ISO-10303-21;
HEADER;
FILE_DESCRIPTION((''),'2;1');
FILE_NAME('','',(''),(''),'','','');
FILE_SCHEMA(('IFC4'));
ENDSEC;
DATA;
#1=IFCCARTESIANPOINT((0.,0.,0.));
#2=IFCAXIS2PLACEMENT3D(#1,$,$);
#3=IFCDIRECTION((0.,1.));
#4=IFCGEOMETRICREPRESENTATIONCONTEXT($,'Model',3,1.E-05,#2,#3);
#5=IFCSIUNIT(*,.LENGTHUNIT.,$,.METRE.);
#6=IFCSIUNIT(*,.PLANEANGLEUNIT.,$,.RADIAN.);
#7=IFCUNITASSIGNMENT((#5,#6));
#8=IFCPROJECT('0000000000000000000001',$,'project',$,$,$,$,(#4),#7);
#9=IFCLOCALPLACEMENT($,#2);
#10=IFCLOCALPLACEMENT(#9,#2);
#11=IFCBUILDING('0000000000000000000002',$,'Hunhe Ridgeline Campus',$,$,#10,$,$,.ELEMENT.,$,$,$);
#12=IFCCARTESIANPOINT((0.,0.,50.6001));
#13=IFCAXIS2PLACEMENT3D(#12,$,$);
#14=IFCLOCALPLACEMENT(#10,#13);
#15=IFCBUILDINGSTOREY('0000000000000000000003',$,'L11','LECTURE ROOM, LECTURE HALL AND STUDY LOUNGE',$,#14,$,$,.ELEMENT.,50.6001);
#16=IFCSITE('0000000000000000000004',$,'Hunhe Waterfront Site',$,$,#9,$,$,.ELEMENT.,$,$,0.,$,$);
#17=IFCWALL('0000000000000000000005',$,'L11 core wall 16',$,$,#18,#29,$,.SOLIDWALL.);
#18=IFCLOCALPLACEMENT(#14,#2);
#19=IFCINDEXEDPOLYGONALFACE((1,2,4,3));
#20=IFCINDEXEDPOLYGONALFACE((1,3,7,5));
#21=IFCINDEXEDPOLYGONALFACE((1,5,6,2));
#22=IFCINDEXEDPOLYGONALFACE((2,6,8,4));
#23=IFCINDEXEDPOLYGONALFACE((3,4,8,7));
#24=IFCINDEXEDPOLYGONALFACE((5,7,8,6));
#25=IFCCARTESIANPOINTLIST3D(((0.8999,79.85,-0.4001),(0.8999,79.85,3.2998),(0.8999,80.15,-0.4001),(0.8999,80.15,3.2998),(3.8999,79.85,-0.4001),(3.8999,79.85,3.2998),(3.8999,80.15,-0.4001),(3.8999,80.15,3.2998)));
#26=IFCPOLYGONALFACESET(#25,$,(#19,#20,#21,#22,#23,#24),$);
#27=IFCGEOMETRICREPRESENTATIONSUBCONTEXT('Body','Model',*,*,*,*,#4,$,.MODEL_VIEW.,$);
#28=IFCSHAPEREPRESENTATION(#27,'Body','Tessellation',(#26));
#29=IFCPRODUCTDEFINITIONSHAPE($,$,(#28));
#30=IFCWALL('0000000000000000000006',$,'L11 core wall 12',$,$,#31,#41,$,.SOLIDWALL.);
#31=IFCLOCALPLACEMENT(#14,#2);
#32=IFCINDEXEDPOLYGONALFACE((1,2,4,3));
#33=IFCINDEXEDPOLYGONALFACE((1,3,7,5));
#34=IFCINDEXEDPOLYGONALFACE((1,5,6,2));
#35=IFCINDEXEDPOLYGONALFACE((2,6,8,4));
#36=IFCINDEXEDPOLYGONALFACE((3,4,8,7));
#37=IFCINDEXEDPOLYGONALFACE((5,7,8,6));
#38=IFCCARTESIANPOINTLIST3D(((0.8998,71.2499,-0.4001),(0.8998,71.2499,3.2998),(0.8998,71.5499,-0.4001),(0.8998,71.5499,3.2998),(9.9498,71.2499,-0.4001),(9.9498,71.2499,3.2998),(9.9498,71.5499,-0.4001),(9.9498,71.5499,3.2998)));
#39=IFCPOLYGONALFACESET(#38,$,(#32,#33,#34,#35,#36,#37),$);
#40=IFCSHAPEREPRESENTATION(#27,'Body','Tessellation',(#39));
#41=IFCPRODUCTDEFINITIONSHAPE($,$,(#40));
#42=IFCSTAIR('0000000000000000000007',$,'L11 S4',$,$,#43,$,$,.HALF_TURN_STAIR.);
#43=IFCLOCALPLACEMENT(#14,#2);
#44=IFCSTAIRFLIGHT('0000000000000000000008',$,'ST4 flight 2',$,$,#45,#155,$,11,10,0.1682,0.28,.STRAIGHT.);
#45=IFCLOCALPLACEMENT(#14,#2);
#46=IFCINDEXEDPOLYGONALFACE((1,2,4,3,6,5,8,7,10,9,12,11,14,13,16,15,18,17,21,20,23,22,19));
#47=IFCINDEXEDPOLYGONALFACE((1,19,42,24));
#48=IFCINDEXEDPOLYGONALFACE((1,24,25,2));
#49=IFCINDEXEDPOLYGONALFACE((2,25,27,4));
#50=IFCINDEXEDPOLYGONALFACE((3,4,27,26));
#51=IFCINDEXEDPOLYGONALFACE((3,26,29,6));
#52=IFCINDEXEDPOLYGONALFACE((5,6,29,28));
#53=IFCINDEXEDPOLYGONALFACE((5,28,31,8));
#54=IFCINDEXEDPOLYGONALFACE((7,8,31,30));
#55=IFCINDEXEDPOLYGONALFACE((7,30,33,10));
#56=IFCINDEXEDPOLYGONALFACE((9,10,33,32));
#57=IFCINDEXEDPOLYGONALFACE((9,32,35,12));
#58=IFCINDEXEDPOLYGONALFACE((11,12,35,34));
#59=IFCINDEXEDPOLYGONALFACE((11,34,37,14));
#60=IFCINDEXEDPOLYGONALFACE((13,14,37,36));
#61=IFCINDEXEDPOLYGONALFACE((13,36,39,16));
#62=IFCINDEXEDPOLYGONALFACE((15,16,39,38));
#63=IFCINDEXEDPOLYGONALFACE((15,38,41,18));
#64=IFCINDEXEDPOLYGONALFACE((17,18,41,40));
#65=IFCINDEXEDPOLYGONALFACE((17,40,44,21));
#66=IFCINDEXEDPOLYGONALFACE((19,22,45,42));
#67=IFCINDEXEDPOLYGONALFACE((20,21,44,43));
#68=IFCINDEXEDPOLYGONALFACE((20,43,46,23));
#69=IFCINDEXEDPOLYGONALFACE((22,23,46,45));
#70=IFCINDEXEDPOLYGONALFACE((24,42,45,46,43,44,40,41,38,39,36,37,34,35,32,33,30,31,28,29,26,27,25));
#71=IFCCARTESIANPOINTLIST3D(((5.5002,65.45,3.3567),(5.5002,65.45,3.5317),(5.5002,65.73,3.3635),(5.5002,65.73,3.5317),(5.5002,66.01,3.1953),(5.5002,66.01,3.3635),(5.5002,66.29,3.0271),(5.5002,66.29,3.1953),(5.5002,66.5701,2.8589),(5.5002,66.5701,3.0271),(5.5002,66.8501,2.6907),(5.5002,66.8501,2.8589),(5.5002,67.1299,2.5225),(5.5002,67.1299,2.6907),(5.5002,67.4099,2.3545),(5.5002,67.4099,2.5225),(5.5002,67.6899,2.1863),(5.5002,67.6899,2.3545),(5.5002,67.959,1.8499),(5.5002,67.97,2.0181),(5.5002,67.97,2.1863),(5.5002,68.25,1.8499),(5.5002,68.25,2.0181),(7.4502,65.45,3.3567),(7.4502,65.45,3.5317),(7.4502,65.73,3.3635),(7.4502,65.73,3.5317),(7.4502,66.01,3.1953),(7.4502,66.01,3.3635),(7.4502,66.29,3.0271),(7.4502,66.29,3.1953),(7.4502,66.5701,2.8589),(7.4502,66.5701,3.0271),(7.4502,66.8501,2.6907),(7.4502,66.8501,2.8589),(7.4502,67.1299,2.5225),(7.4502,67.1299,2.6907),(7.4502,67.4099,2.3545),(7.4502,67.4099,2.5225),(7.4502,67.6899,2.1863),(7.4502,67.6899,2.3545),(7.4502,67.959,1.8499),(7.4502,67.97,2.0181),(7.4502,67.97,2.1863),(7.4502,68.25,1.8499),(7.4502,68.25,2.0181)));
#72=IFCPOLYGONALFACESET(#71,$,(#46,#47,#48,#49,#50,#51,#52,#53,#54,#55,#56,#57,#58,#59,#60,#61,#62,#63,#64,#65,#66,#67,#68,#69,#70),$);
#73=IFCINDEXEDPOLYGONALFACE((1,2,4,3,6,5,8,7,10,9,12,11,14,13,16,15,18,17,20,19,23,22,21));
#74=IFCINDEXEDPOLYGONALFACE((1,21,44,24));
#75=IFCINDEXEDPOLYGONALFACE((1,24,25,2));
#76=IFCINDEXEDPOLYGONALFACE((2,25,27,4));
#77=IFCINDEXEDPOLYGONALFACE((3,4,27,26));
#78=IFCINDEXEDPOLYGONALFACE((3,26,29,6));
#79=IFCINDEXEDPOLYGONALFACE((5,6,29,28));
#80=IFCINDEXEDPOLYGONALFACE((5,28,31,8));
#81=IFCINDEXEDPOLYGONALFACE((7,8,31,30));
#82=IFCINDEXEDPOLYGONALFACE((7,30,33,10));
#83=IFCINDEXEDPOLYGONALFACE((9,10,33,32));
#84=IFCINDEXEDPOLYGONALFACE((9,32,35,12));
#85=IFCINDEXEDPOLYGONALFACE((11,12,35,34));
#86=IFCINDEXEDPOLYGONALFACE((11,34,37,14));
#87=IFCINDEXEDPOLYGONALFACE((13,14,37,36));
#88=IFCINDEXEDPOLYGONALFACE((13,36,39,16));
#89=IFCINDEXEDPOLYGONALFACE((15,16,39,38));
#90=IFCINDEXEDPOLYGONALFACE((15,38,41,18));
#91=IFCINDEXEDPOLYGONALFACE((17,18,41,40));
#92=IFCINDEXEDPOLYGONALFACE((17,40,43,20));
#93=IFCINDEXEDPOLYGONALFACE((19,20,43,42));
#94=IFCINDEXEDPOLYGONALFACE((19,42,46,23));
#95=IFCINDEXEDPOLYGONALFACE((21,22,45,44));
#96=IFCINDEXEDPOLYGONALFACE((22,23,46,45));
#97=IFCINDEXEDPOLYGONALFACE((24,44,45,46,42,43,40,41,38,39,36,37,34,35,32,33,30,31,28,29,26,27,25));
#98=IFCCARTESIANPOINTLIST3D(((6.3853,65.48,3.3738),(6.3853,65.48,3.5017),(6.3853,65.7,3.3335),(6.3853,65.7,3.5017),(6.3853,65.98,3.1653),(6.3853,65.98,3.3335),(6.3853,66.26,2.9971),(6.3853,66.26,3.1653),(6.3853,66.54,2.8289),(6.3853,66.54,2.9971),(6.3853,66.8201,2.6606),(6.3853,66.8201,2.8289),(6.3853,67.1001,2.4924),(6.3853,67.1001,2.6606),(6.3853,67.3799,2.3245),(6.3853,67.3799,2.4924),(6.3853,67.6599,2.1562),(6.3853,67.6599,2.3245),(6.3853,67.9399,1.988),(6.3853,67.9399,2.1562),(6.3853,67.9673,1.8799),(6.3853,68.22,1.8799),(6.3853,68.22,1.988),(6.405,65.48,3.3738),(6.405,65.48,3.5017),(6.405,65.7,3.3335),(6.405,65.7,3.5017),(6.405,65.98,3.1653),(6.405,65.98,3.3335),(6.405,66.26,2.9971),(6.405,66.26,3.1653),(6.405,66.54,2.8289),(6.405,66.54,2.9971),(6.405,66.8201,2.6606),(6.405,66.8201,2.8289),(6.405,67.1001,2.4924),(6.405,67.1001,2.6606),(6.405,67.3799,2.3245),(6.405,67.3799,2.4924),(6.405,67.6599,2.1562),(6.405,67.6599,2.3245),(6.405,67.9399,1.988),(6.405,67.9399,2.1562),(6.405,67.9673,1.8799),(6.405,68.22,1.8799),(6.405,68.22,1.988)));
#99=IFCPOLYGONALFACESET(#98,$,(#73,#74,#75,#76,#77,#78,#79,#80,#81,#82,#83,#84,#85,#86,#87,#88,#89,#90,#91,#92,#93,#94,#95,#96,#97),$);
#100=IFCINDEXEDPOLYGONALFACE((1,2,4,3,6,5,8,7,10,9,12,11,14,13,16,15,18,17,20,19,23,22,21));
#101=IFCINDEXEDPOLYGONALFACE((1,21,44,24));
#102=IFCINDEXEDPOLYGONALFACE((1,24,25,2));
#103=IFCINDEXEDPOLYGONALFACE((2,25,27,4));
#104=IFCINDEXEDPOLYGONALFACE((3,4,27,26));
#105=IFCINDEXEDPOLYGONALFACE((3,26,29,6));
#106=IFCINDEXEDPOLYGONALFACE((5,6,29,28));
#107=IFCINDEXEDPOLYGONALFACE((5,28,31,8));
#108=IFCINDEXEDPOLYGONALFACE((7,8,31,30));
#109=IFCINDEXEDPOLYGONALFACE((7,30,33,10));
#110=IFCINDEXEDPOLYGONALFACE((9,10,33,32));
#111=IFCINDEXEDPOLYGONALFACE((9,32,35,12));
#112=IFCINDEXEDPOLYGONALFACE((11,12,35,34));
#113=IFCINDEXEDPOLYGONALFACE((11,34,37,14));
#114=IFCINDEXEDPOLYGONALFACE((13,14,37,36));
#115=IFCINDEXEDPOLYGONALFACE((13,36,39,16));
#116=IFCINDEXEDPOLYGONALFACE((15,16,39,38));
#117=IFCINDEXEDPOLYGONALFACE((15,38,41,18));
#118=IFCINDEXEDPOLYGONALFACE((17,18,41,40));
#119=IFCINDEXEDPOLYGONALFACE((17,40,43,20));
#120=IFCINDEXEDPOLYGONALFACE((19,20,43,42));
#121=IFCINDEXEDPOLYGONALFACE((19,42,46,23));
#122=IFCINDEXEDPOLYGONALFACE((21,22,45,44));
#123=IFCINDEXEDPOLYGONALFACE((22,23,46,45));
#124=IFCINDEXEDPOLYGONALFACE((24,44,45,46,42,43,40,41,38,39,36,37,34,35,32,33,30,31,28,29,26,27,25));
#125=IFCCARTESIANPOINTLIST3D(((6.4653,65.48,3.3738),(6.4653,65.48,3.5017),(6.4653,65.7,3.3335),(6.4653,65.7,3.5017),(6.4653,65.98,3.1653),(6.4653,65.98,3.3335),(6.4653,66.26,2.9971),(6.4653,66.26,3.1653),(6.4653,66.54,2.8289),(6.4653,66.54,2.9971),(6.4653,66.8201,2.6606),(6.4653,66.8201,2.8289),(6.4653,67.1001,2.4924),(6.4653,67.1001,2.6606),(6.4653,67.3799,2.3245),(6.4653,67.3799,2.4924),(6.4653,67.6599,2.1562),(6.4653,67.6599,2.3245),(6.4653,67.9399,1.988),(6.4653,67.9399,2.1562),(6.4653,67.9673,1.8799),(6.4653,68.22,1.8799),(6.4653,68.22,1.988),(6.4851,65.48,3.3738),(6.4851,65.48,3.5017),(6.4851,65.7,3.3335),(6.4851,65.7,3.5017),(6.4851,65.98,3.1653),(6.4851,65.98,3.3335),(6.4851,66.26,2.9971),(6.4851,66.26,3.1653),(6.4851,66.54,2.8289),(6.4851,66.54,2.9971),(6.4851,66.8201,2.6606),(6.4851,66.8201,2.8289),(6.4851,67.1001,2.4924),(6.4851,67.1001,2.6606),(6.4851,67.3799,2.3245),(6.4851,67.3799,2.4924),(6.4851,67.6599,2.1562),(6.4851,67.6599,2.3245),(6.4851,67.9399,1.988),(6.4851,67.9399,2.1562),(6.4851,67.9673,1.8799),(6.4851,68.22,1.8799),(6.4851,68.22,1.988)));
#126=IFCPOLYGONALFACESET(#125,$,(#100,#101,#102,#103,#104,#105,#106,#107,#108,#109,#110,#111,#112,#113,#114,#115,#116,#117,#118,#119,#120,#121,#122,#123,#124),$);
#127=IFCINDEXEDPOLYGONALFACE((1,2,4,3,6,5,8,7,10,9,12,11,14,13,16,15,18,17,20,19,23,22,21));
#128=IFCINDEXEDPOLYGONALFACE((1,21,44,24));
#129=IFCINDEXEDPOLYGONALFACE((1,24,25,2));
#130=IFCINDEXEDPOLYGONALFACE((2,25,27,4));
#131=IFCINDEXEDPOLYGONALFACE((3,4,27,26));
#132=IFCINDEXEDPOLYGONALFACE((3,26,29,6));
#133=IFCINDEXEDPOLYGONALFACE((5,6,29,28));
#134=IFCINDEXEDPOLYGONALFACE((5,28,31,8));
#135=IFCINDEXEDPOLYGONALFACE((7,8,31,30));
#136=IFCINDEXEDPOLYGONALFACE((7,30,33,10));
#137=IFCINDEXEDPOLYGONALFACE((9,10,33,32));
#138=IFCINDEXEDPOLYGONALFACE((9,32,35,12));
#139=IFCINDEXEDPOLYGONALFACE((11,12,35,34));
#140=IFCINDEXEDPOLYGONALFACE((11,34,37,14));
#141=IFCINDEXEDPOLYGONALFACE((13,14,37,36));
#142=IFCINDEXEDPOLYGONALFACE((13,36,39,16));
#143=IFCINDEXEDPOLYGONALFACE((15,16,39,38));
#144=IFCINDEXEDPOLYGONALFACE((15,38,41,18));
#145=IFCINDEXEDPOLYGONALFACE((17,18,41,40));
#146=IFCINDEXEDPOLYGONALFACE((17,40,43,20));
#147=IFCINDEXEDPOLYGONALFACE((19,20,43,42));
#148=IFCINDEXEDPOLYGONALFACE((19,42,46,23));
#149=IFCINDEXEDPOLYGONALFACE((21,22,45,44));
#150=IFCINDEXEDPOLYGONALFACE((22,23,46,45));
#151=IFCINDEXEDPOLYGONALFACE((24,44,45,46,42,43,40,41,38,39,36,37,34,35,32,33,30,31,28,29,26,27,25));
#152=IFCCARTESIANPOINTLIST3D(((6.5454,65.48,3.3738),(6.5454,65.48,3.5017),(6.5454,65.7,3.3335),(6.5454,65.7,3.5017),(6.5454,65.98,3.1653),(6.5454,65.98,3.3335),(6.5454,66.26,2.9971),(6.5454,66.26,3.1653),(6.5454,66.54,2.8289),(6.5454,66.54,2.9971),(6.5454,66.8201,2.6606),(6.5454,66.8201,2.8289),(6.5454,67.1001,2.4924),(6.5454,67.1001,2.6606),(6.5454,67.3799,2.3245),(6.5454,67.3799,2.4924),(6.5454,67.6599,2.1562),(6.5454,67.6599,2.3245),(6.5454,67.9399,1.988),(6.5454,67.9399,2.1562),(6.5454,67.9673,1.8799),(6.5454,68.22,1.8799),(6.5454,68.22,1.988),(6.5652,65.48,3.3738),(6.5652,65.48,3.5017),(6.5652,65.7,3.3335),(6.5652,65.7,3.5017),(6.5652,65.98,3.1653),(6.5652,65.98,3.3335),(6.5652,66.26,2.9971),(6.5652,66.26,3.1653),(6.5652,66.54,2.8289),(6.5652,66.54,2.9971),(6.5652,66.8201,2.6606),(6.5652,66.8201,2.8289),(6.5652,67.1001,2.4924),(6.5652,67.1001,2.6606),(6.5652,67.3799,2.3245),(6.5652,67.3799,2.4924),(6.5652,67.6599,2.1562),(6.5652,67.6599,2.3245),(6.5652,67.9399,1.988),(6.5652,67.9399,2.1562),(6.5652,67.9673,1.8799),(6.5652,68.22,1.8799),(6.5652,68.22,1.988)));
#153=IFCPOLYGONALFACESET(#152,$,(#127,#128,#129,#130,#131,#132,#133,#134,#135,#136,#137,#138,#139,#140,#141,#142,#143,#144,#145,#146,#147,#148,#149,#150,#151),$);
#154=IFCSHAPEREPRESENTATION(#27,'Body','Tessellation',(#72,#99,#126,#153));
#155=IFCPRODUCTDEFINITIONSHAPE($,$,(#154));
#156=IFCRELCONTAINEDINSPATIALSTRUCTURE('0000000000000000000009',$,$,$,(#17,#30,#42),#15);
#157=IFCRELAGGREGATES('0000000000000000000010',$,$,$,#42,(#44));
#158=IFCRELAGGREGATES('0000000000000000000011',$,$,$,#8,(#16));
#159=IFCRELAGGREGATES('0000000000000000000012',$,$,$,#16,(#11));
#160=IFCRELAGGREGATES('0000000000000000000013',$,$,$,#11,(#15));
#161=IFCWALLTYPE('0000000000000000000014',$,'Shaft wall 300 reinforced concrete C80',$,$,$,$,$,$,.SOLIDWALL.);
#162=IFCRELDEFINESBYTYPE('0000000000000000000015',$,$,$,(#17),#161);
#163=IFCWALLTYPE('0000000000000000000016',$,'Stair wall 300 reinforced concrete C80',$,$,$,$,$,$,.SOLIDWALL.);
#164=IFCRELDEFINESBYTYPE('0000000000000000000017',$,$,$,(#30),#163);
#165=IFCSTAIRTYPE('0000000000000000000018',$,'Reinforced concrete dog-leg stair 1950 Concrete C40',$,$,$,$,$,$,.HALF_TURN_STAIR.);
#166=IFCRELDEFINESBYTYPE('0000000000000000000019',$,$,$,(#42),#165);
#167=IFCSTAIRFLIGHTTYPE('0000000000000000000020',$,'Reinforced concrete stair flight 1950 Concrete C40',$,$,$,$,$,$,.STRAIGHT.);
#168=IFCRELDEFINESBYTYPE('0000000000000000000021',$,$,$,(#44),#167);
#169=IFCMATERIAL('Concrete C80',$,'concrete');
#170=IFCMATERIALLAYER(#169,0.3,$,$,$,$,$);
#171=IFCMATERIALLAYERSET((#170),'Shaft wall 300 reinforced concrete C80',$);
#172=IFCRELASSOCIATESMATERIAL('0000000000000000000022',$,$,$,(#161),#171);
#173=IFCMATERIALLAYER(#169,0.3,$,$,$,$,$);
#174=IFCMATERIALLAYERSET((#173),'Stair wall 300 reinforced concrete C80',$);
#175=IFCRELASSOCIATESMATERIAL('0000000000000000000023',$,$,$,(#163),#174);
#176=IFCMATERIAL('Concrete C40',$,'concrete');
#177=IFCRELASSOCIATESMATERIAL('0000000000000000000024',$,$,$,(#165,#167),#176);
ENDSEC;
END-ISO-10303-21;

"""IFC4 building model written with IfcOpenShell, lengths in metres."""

from ifc_helpers import new_model, si_unit, direction, frame, frame_2d, origin, place, context, subcontext, project, spatial, polyline, rectangle, outline, extrude, material, layer, layer_set, type_object, element, aggregate, save


model = new_model("IFC4")

# Units and contexts
model_context = context("Model", 3, precision=1e-05, world=origin(), true_north=direction((0.0, 1.0)))
body_context = subcontext(model_context, "Body", "Model", "MODEL_VIEW")
ifc_project = project(units=[si_unit("LENGTHUNIT", "METRE"), si_unit("PLANEANGLEUNIT", "RADIAN")], contexts=[model_context])

# Site, building, storey
site_placement = place(None, origin())
site = spatial("IfcSite", under=ifc_project, at=site_placement, Name="Hunhe Waterfront Site", CompositionType="ELEMENT", RefElevation=0.0)
building_placement = place(site_placement, origin())
building = spatial("IfcBuilding", under=site, at=building_placement, Name="Hunhe Ridgeline Campus", CompositionType="ELEMENT")
storey_placement = place(building_placement, frame((0.0, 0.0, 50.6001)))
storey = spatial("IfcBuildingStorey", under=building, at=storey_placement, Name="L11", Description="LECTURE ROOM, LECTURE HALL AND STUDY LOUNGE", CompositionType="ELEMENT", Elevation=50.6001)

# Shared definitions
ifc_material_1 = material(Name="Concrete C80", Category="concrete")
ifc_layer_1 = layer(ifc_material_1, 0.3)
ifc_layer_set_1 = layer_set([ifc_layer_1], Name="Shaft wall 300 reinforced concrete C80")
wall_type_1 = type_object("IfcWallType", Name="Shaft wall 300 reinforced concrete C80", PredefinedType="SOLIDWALL", material=ifc_layer_set_1)

# Wall
wall_1_placement = place(storey_placement, frame((0.8999, 80.0, -0.4001), z_axis=(0.0, 0.0, 1.0), x_axis=(1.0, 0.0, 0.0)))
element("IfcWall", 1, at=wall_1_placement, inside=storey, type_object=wall_type_1, Name="L11 core wall 16", PredefinedType="SOLIDWALL", context=body_context, shape_type="SweptSolid", body=[
    extrude(rectangle(XDim=3.0, YDim=0.3, at=frame_2d((1.5, 0.0))), origin(), (0.0, 0.0, 1.0), 3.7),
])

# Wall
ifc_layer_2 = layer(ifc_material_1, 0.3)
ifc_layer_set_2 = layer_set([ifc_layer_2], Name="Stair wall 300 reinforced concrete C80")
wall_type_2 = type_object("IfcWallType", Name="Stair wall 300 reinforced concrete C80", PredefinedType="SOLIDWALL", material=ifc_layer_set_2)
wall_2_placement = place(storey_placement, frame((0.8999, 71.3999, -0.4001), z_axis=(0.0, 0.0, 1.0), x_axis=(1.0, 0.0, 0.0)))
element("IfcWall", 2, at=wall_2_placement, inside=storey, type_object=wall_type_2, Name="L11 core wall 12", PredefinedType="SOLIDWALL", context=body_context, shape_type="SweptSolid", body=[
    extrude(rectangle(XDim=9.05, YDim=0.3, at=frame_2d((4.5249, 0.0))), origin(), (0.0, 0.0, 1.0), 3.7),
])

# Stair, stair flight
ifc_material_2 = material(Name="Concrete C40", Category="concrete")
stair_type = type_object("IfcStairType", Name="Reinforced concrete dog-leg stair 1950 Concrete C40", PredefinedType="HALF_TURN_STAIR", material=ifc_material_2)
stair_placement = place(storey_placement, origin())
stair = element("IfcStair", 3, at=stair_placement, inside=storey, type_object=stair_type, Name="L11 S4", PredefinedType="HALF_TURN_STAIR")
stair_flight_type = type_object("IfcStairFlightType", Name="Reinforced concrete stair flight 1950 Concrete C40", PredefinedType="STRAIGHT", material=ifc_material_2)
stair_flight_placement = place(storey_placement, frame((6.4751, 68.25, 1.8499), z_axis=(0.0, 0.0, 1.0), x_axis=(0.0, -1.0, 0.0)))
stair_flight = element("IfcStairFlight", 4, at=stair_flight_placement, type_object=stair_flight_type, Name="ST4 flight 2", NumberOfRisers=11, NumberOfTreads=10, PredefinedType="STRAIGHT", RiserHeight=0.1682, TreadLength=0.28, context=body_context, shape_type="SweptSolid", body=[
    extrude(outline(polyline([(0.0, 0.0), (0.0, 0.1682), (0.28, 0.1682), (0.28, 0.3364), (0.5601, 0.3364), (0.5601, 0.5046), (0.8401, 0.5046), (0.8401, 0.6726), (1.1201, 0.6726), (1.1201, 0.8408), (1.3999, 0.8408), (1.3999, 1.009), (1.6799, 1.009), (1.6799, 1.1772), (1.96, 1.1772), (1.96, 1.3455), (2.24, 1.3455), (2.24, 1.5137), (2.52, 1.5137), (2.52, 1.6819), (2.8, 1.6819), (2.8, 1.8501), (2.8, 1.5068), (0.291, 0.0), (0.0, 0.0)])), frame((0.0, 0.9751, 0.0), z_axis=(0.0, -1.0, 0.0), x_axis=(1.0, 0.0, 0.0)), (0.0, 0.0, 1.0), 1.95),
    extrude(outline(polyline([(0.03, 0.03), (0.03, 0.1382), (0.3101, 0.1382), (0.3101, 0.3064), (0.5901, 0.3064), (0.5901, 0.4746), (0.8701, 0.4746), (0.8701, 0.6426), (1.1499, 0.6426), (1.1499, 0.8108), (1.4299, 0.8108), (1.4299, 0.979), (1.71, 0.979), (1.71, 1.1472), (1.99, 1.1472), (1.99, 1.3154), (2.27, 1.3154), (2.27, 1.4836), (2.55, 1.4836), (2.55, 1.6519), (2.77, 1.6519), (2.77, 1.5239), (0.2827, 0.03), (0.03, 0.03)])), frame((0.0, -0.0701, 0.0), z_axis=(0.0, -1.0, 0.0), x_axis=(1.0, 0.0, 0.0)), (0.0, 0.0, 1.0), 0.0198),
    extrude(outline(polyline([(0.03, 0.03), (0.03, 0.1382), (0.3101, 0.1382), (0.3101, 0.3064), (0.5901, 0.3064), (0.5901, 0.4746), (0.8701, 0.4746), (0.8701, 0.6426), (1.1499, 0.6426), (1.1499, 0.8108), (1.4299, 0.8108), (1.4299, 0.979), (1.71, 0.979), (1.71, 1.1472), (1.99, 1.1472), (1.99, 1.3154), (2.27, 1.3154), (2.27, 1.4836), (2.55, 1.4836), (2.55, 1.6519), (2.77, 1.6519), (2.77, 1.5239), (0.2827, 0.03), (0.03, 0.03)])), frame((0.0, 0.01, 0.0), z_axis=(0.0, -1.0, 0.0), x_axis=(1.0, 0.0, 0.0)), (0.0, 0.0, 1.0), 0.0198),
    extrude(outline(polyline([(0.03, 0.03), (0.03, 0.1382), (0.3101, 0.1382), (0.3101, 0.3064), (0.5901, 0.3064), (0.5901, 0.4746), (0.8701, 0.4746), (0.8701, 0.6426), (1.1499, 0.6426), (1.1499, 0.8108), (1.4299, 0.8108), (1.4299, 0.979), (1.71, 0.979), (1.71, 1.1472), (1.99, 1.1472), (1.99, 1.3154), (2.27, 1.3154), (2.27, 1.4836), (2.55, 1.4836), (2.55, 1.6519), (2.77, 1.6519), (2.77, 1.5239), (0.2827, 0.03), (0.03, 0.03)])), frame((0.0, 0.0901, 0.0), z_axis=(0.0, -1.0, 0.0), x_axis=(1.0, 0.0, 0.0)), (0.0, 0.0, 1.0), 0.0198),
])
aggregate(stair, [stair_flight])

save(model, "model.ifc")
